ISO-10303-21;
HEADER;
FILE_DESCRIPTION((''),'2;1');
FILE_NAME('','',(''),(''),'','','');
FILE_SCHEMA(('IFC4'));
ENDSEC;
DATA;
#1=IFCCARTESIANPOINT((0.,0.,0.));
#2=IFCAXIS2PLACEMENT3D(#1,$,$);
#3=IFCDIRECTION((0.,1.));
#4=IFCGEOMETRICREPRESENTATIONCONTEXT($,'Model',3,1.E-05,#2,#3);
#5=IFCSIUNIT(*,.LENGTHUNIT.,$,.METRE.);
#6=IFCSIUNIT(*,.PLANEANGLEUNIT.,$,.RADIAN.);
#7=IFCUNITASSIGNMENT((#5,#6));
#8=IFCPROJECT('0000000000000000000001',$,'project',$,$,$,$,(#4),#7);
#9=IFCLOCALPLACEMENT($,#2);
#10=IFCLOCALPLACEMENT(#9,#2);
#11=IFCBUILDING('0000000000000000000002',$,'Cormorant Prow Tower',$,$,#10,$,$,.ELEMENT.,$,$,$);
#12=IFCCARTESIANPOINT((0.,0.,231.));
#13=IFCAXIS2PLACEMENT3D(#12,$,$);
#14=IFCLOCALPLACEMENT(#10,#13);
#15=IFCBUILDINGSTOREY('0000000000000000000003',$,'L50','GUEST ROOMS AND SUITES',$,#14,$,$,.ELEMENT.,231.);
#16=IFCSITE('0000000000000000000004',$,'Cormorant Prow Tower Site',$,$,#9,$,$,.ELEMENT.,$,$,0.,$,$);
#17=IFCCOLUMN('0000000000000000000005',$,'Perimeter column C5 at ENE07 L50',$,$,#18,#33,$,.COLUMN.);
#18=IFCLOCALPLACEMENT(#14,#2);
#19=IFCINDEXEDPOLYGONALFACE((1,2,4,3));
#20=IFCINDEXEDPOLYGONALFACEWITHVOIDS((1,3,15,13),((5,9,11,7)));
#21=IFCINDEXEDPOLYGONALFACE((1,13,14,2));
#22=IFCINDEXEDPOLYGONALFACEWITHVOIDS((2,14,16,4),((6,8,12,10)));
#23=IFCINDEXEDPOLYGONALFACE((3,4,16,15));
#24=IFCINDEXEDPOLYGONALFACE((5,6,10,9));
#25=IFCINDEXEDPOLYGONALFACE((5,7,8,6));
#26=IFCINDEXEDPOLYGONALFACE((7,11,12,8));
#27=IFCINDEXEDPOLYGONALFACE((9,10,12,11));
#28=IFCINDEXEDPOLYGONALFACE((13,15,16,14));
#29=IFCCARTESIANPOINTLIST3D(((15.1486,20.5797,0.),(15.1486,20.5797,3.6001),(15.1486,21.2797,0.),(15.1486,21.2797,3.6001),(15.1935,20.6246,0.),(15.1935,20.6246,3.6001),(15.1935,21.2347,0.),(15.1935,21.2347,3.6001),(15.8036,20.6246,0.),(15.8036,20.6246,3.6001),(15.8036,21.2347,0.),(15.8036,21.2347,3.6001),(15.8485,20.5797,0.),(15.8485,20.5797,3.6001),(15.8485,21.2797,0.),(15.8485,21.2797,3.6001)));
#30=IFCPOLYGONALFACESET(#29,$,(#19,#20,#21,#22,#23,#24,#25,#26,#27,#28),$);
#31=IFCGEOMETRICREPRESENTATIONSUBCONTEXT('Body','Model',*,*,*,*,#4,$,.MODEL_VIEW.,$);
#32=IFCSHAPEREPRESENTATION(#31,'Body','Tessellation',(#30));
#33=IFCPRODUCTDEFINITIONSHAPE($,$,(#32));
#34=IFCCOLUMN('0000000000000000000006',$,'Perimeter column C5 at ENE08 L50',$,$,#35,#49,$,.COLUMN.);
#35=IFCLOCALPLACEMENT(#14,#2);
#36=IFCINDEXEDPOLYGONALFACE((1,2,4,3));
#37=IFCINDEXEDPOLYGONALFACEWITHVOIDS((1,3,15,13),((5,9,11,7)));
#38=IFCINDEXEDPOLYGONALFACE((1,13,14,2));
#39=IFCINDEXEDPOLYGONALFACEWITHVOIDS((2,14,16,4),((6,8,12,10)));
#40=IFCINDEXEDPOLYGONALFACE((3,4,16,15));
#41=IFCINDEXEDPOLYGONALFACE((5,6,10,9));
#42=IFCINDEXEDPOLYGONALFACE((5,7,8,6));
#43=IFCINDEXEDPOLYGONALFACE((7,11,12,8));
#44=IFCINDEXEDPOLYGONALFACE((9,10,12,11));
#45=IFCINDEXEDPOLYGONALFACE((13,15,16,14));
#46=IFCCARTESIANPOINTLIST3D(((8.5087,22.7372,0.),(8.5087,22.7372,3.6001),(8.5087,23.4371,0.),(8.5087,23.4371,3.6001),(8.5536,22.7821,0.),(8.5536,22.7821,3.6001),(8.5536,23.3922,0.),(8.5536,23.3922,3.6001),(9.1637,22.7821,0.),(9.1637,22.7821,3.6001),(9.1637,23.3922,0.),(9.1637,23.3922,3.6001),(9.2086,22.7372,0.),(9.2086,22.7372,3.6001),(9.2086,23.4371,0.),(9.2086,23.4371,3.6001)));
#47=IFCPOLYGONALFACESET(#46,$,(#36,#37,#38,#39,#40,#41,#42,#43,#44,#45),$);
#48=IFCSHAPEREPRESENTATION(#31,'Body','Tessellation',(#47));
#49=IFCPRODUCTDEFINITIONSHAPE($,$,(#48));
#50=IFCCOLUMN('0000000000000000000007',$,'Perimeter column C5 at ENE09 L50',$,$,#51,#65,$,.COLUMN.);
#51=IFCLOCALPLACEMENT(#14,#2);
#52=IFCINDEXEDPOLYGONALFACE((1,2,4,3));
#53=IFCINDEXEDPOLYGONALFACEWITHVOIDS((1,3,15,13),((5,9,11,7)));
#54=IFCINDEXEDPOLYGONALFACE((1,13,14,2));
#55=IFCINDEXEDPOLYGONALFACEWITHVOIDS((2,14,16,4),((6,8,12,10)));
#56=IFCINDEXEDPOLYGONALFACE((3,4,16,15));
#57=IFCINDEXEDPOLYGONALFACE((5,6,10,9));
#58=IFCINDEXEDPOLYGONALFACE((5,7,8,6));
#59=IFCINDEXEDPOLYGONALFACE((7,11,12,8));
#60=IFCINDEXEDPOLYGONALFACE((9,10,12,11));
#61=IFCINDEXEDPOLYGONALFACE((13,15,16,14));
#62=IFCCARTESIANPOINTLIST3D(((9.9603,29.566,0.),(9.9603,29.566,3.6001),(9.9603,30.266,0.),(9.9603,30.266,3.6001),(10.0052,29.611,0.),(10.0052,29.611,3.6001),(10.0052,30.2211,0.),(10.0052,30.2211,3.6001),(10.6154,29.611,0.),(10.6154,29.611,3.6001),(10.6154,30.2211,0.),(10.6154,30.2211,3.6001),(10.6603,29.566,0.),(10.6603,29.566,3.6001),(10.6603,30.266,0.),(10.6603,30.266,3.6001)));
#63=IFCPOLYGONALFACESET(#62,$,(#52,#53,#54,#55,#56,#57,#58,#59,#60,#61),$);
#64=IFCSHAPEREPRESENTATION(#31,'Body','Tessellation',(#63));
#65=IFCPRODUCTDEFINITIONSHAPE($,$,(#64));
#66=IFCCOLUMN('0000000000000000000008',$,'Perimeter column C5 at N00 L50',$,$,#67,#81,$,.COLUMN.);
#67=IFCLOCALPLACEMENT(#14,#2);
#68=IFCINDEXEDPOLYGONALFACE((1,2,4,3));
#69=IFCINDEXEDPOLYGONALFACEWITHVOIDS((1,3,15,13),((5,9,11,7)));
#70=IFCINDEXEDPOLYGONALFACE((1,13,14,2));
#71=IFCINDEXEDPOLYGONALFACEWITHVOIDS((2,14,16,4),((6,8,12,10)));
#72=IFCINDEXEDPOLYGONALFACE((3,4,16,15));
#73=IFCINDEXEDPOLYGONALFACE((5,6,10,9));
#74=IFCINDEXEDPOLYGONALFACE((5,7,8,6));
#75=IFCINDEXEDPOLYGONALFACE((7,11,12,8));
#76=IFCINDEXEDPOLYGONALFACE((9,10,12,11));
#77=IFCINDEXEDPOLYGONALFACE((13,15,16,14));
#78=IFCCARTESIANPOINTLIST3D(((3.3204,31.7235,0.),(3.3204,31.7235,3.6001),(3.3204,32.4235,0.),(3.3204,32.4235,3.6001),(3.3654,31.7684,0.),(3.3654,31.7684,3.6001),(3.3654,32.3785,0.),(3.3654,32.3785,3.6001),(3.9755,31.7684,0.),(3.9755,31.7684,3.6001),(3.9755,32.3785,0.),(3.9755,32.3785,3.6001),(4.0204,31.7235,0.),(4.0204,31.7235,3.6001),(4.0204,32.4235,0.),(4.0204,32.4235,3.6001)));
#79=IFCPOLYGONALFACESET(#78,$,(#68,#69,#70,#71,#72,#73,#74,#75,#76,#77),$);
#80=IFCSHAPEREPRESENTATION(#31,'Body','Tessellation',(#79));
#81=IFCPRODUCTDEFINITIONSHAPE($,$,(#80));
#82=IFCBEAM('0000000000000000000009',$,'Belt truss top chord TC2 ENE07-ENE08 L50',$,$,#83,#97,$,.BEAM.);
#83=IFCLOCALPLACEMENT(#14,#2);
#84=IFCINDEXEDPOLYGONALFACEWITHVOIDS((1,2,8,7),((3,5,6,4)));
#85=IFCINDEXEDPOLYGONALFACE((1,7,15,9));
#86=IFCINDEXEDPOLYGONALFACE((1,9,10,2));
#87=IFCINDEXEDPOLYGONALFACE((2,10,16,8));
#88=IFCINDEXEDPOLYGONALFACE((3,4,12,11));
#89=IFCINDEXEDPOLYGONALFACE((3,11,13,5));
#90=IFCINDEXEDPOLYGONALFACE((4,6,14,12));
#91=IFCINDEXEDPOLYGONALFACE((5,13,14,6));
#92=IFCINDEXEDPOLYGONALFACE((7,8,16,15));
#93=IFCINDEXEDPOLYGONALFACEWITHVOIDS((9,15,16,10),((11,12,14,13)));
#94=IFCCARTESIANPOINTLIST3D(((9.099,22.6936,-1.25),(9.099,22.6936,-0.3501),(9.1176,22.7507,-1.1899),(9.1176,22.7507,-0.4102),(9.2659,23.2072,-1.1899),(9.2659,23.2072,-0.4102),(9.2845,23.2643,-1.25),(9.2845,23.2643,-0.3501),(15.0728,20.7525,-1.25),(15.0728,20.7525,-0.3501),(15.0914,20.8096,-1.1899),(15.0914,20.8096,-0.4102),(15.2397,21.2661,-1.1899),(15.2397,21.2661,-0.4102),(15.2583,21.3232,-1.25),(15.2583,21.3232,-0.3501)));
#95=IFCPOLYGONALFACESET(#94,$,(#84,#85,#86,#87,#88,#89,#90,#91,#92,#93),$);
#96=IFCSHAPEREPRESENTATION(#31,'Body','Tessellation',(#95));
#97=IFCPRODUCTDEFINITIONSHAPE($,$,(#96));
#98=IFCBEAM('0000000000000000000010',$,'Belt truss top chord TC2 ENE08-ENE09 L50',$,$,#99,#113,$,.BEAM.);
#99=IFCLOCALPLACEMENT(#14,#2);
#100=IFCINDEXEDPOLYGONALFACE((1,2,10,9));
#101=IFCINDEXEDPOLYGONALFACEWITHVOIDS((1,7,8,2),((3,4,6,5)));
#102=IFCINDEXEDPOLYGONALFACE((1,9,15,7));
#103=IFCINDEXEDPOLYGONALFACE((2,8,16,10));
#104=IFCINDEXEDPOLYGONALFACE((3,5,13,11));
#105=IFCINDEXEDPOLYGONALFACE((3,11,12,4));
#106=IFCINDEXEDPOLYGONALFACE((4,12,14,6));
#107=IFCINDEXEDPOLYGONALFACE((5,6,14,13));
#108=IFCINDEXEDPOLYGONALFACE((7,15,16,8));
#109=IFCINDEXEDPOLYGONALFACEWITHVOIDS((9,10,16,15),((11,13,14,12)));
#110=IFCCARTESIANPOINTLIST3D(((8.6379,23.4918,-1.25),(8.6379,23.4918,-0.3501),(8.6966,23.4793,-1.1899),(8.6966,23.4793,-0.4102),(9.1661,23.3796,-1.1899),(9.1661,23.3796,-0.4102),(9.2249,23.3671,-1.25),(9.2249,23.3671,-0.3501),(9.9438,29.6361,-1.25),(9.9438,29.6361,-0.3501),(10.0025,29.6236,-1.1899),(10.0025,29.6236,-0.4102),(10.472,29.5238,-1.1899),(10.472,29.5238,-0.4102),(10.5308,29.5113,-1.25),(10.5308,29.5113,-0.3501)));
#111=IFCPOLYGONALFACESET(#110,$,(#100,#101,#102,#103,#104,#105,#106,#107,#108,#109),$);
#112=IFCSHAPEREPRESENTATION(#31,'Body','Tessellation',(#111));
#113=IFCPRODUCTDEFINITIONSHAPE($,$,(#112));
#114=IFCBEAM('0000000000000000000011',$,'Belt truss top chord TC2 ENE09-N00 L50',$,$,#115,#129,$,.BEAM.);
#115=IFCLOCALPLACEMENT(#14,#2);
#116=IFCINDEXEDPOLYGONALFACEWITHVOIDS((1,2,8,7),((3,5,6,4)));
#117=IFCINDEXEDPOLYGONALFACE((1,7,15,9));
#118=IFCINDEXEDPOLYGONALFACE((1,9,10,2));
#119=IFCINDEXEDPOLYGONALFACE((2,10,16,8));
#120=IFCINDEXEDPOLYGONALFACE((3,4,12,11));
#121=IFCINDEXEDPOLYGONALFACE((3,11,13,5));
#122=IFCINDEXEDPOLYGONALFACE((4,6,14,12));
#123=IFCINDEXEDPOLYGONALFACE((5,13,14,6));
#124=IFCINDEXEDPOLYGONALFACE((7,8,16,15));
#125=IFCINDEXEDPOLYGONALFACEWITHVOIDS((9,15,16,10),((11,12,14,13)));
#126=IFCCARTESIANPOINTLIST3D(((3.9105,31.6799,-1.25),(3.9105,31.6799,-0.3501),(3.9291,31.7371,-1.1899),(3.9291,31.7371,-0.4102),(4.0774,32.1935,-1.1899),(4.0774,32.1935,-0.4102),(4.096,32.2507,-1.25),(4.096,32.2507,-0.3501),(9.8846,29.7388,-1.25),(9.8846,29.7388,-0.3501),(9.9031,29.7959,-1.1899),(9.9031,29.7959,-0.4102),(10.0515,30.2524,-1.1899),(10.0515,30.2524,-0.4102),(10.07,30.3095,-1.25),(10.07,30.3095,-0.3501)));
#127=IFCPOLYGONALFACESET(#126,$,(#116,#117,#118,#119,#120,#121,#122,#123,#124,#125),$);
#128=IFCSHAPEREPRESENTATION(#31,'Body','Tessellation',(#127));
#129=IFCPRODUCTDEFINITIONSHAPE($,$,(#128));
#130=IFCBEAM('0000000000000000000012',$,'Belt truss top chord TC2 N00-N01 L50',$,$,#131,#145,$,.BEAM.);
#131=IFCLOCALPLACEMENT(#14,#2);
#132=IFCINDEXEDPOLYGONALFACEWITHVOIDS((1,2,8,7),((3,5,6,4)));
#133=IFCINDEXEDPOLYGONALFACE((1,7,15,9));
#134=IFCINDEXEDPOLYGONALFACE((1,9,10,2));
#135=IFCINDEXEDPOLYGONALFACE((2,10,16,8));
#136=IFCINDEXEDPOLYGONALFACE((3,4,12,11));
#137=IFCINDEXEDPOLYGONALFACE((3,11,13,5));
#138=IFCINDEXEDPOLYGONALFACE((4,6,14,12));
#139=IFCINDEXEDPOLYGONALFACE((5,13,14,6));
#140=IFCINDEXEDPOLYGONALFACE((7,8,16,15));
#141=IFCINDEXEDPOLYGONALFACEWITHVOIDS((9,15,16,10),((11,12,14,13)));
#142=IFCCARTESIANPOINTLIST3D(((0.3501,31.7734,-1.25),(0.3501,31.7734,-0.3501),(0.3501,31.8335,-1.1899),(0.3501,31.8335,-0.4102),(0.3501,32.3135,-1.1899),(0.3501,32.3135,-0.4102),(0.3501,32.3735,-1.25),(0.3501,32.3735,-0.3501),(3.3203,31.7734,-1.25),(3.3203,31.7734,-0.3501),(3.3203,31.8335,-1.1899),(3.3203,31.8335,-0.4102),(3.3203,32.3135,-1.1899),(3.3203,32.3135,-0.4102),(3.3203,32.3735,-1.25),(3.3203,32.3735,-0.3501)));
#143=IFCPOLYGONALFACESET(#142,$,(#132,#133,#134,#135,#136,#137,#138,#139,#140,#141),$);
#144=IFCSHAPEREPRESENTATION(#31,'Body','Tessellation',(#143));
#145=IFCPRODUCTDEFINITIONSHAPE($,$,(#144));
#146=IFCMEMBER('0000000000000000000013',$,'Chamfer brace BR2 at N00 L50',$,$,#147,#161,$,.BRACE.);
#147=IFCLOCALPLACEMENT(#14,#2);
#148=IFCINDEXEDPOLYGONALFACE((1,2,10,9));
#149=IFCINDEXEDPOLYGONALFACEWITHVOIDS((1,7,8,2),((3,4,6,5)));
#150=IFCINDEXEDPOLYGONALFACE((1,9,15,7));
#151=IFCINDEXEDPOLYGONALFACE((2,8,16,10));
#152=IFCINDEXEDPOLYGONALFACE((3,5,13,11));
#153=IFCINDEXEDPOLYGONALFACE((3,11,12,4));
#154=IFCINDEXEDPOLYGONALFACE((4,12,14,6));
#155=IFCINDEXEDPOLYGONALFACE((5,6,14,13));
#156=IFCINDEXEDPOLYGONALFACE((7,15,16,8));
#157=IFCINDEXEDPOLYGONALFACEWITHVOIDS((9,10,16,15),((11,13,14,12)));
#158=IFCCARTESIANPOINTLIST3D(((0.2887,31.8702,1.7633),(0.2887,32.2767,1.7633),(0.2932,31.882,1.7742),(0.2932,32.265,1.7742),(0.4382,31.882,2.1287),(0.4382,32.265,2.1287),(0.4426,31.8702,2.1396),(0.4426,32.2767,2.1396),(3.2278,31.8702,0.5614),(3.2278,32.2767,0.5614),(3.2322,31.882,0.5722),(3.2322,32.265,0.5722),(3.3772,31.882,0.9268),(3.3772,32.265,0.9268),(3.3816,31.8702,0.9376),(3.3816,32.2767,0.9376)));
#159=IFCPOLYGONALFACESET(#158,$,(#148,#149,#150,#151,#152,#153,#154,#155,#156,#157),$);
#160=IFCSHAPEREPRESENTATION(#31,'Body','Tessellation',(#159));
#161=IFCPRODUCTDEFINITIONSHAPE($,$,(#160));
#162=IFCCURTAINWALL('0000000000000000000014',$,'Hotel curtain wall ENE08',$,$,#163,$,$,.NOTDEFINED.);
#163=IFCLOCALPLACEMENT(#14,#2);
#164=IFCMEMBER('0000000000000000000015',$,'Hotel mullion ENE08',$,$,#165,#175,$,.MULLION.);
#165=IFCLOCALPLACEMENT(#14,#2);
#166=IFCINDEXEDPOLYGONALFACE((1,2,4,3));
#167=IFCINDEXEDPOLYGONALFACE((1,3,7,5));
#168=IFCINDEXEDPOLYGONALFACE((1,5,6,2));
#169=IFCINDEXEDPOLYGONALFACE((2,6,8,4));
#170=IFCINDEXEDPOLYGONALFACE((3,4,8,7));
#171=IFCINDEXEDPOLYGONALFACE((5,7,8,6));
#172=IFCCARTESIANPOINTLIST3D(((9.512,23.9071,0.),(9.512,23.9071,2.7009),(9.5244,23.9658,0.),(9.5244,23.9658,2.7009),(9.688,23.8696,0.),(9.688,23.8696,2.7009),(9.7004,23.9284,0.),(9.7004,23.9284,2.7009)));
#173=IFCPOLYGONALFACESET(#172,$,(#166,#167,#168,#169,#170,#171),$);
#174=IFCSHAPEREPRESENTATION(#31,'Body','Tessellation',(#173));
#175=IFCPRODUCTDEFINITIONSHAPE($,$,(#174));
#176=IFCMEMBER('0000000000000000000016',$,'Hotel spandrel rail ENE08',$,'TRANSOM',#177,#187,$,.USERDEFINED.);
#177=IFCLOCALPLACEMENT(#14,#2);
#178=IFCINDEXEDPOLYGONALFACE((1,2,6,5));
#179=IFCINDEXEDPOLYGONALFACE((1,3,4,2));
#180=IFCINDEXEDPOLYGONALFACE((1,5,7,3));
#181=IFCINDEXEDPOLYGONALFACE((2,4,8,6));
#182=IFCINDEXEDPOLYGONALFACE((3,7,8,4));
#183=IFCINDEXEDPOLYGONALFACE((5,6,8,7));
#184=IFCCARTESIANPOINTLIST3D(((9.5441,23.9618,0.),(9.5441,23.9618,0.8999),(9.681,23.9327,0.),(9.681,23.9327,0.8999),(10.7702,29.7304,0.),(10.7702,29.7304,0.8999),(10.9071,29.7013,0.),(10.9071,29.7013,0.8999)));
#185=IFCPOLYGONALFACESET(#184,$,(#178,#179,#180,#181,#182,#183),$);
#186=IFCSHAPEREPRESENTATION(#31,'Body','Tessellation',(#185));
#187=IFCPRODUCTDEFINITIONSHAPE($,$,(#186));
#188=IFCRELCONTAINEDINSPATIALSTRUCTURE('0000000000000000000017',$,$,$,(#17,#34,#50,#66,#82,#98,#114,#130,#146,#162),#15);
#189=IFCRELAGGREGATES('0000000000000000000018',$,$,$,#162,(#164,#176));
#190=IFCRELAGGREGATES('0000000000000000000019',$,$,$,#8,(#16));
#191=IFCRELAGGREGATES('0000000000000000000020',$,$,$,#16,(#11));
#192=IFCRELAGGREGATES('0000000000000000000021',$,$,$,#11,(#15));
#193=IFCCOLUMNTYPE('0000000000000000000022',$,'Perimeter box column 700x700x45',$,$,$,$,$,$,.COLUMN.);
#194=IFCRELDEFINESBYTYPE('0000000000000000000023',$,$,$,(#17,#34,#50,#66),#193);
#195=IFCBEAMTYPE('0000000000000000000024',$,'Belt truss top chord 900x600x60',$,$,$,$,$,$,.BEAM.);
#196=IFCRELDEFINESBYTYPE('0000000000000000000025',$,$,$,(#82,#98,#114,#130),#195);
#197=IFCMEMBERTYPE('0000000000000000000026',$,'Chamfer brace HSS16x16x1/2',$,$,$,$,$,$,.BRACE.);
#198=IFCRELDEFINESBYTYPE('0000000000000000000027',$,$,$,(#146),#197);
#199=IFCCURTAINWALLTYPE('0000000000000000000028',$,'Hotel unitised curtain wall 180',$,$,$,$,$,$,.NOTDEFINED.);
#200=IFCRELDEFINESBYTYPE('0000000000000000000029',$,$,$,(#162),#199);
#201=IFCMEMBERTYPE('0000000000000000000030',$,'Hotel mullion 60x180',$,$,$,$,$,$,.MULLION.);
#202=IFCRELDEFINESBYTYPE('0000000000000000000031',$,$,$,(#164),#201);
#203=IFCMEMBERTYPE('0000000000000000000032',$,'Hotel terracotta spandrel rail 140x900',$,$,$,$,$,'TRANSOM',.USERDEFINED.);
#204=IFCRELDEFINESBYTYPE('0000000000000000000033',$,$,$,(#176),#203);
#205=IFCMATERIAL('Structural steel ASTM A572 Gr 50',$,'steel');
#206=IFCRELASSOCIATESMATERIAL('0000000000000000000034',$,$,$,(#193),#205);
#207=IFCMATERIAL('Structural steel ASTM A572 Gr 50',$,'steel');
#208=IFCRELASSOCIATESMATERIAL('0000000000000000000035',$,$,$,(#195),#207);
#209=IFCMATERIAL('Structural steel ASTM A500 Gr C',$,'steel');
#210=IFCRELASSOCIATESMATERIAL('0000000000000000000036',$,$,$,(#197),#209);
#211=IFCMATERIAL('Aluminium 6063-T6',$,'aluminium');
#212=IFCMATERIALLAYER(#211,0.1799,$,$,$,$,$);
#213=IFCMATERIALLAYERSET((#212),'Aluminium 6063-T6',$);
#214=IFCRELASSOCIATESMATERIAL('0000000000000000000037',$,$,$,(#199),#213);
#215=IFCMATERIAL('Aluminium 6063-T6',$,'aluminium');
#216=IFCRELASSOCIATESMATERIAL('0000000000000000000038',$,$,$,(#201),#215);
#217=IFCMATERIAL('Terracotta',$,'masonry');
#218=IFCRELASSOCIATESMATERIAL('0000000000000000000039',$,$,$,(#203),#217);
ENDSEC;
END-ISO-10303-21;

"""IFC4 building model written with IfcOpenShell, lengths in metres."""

from ifc_helpers import new_model, si_unit, direction, frame, origin, origin_2d, place, context, subcontext, project, spatial, rectangle, hollow_rectangle, extrude, material, layer, layer_set, material_profile, profile_set, type_object, element, aggregate, save


model = new_model("IFC4")

# Units and contexts
model_context = context("Model", 3, precision=1e-05, world=origin(), true_north=direction((0.0, 1.0)))
body_context = subcontext(model_context, "Body", "Model", "MODEL_VIEW")
ifc_project = project(units=[si_unit("LENGTHUNIT", "METRE"), si_unit("PLANEANGLEUNIT", "RADIAN")], contexts=[model_context])

# Site, building, storey
site_placement = place(None, origin())
site = spatial("IfcSite", under=ifc_project, at=site_placement, Name="Cormorant Prow Tower Site", CompositionType="ELEMENT", RefElevation=0.0)
building_placement = place(site_placement, origin())
building = spatial("IfcBuilding", under=site, at=building_placement, Name="Cormorant Prow Tower", CompositionType="ELEMENT")
storey_placement = place(building_placement, frame((0.0, 0.0, 231.0)))
storey = spatial("IfcBuildingStorey", under=building, at=storey_placement, Name="L50", Description="GUEST ROOMS AND SUITES", CompositionType="ELEMENT", Elevation=231.0)

# Columns
ifc_material_1 = material(Name="Structural steel ASTM A572 Gr 50", Category="steel")
ifc_material_profile_1 = material_profile(ifc_material_1, hollow_rectangle(XDim=0.7, YDim=0.7, WallThickness=0.0449, at=origin_2d()), Name="Box 700x700x45")
ifc_profile_set_1 = profile_set([ifc_material_profile_1], Name="Structural steel ASTM A572 Gr 50")
column_type = type_object("IfcColumnType", Name="Perimeter box column 700x700x45", PredefinedType="COLUMN", material=ifc_profile_set_1)
for number, where, z_axis, x_axis, name in (
    (1, (15.4985, 20.9297, 0.0), (0.0, 0.0, 1.0), (1.0, 0.0, 0.0), "Perimeter column C5 at ENE07 L50"),
    (2, (8.8586, 23.0872, 0.0), (0.0, 0.0, 1.0), (1.0, 0.0, 0.0), "Perimeter column C5 at ENE08 L50"),
    (3, (10.3103, 29.916, 0.0), (0.0, 0.0, 1.0), (1.0, 0.0, 0.0), "Perimeter column C5 at ENE09 L50"),
    (4, (3.6704, 32.0735, 0.0), (0.0, 0.0, 1.0), (1.0, 0.0, 0.0), "Perimeter column C5 at N00 L50"),
):
    element("IfcColumn", number, at=place(storey_placement, frame(where, z_axis=z_axis, x_axis=x_axis)), inside=storey, type_object=column_type, Name=name, PredefinedType="COLUMN", context=body_context, shape_type="SweptSolid", body=[
        extrude(hollow_rectangle(XDim=0.7, YDim=0.7, WallThickness=0.0449, at=origin_2d()), origin(), (0.0, 0.0, 1.0), 3.6001),
    ])

# Beams
ifc_material_2 = material(Name="Structural steel ASTM A572 Gr 50", Category="steel")
ifc_material_profile_2 = material_profile(ifc_material_2, hollow_rectangle(XDim=0.6001, YDim=0.8999, WallThickness=0.0601, at=origin_2d()), Name="Box 900x600x60")
ifc_profile_set_2 = profile_set([ifc_material_profile_2], Name="Structural steel ASTM A572 Gr 50")
beam_type = type_object("IfcBeamType", Name="Belt truss top chord 900x600x60", PredefinedType="BEAM", material=ifc_profile_set_2)
beam_1_placement = place(storey_placement, frame((15.1655, 21.0378, -0.8), z_axis=(-0.95105, 0.309036, 0.0), x_axis=(-0.309036, -0.95105, 0.0)))
element("IfcBeam", 5, at=beam_1_placement, inside=storey, type_object=beam_type, Name="Belt truss top chord TC2 ENE07-ENE08 L50", PredefinedType="BEAM", context=body_context, shape_type="SweptSolid", body=[
    extrude(hollow_rectangle(XDim=0.6001, YDim=0.8999, WallThickness=0.0601, at=origin_2d()), origin(), (0.0, 0.0, 1.0), 6.2812),
])
for number, where, z_axis, x_axis, name in (
    (6, (8.9314, 23.4294, -0.8), (0.207896, 0.978151, 0.0), (-0.978151, 0.207896, 0.0), "Belt truss top chord TC2 ENE08-ENE09 L50"),
    (7, (9.9773, 30.0242, -0.8), (-0.951054, 0.309025, 0.0), (-0.309025, -0.951054, 0.0), "Belt truss top chord TC2 ENE09-N00 L50"),
):
    element("IfcBeam", number, at=place(storey_placement, frame(where, z_axis=z_axis, x_axis=x_axis)), inside=storey, type_object=beam_type, Name=name, PredefinedType="BEAM", context=body_context, shape_type="SweptSolid", body=[
        extrude(hollow_rectangle(XDim=0.6001, YDim=0.8999, WallThickness=0.0601, at=origin_2d()), origin(), (0.0, 0.0, 1.0), 6.2815),
    ])
beam_2_placement = place(storey_placement, frame((3.3203, 32.0735, -0.8), z_axis=(-1.0, 0.0, 0.0), x_axis=(0.0, -1.0, 0.0)))
element("IfcBeam", 8, at=beam_2_placement, inside=storey, type_object=beam_type, Name="Belt truss top chord TC2 N00-N01 L50", PredefinedType="BEAM", context=body_context, shape_type="SweptSolid", body=[
    extrude(hollow_rectangle(XDim=0.6001, YDim=0.8999, WallThickness=0.0601, at=origin_2d()), origin(), (0.0, 0.0, 1.0), 2.9702),
])

# Member
ifc_material_3 = material(Name="Structural steel ASTM A500 Gr C", Category="steel")
ifc_material_profile_3 = material_profile(ifc_material_3, hollow_rectangle(XDim=0.4065, YDim=0.4065, WallThickness=0.0117, at=origin_2d()), Name="HSS16x16x1/2")
ifc_profile_set_3 = profile_set([ifc_material_profile_3], Name="Structural steel ASTM A500 Gr C")
member_type_1 = type_object("IfcMemberType", Name="Chamfer brace HSS16x16x1/2", PredefinedType="BRACE", material=ifc_profile_set_3)
member_1_placement = place(storey_placement, frame((3.3047, 32.0735, 0.7495), z_axis=(-0.925591, 0.0, 0.378525), x_axis=(0.0, -1.0, 0.0)))
element("IfcMember", 9, at=member_1_placement, inside=storey, type_object=member_type_1, Name="Chamfer brace BR2 at N00 L50", PredefinedType="BRACE", context=body_context, shape_type="SweptSolid", body=[
    extrude(hollow_rectangle(XDim=0.4065, YDim=0.4065, WallThickness=0.0117, at=origin_2d()), origin(), (0.0, 0.0, 1.0), 3.1753),
])

# Curtain wall, members
ifc_material_4 = material(Name="Aluminium 6063-T6", Category="aluminium")
ifc_layer_1 = layer(ifc_material_4, 0.1799)
ifc_layer_set_1 = layer_set([ifc_layer_1], Name="Aluminium 6063-T6")
curtain_wall_type = type_object("IfcCurtainWallType", Name="Hotel unitised curtain wall 180", PredefinedType="NOTDEFINED", material=ifc_layer_set_1)
curtain_wall_1_placement = place(storey_placement, origin())
curtain_wall_1 = element("IfcCurtainWall", 10, at=curtain_wall_1_placement, inside=storey, type_object=curtain_wall_type, Name="Hotel curtain wall ENE08", PredefinedType="NOTDEFINED")
ifc_material_5 = material(Name="Aluminium 6063-T6", Category="aluminium")
ifc_material_profile_4 = material_profile(ifc_material_5, rectangle(XDim=0.1799, YDim=0.0601, at=origin_2d()), Name="Hotel mullion 60x180")
ifc_profile_set_4 = profile_set([ifc_material_profile_4], Name="Aluminium 6063-T6")
member_type_2 = type_object("IfcMemberType", Name="Hotel mullion 60x180", PredefinedType="MULLION", material=ifc_profile_set_4)
member_2_placement = place(storey_placement, frame((9.6062, 23.9177, 0.0), z_axis=(0.0, 0.0, 1.0), x_axis=(-0.978148, 0.207912, 0.0)))
member_2 = element("IfcMember", 11, at=member_2_placement, type_object=member_type_2, Name="Hotel mullion ENE08", PredefinedType="MULLION", context=body_context, shape_type="SweptSolid", body=[
    extrude(rectangle(XDim=0.1799, YDim=0.0601, at=origin_2d()), origin(), (0.0, 0.0, 1.0), 2.7009),
])
ifc_material_6 = material(Name="Terracotta", Category="masonry")
ifc_material_profile_5 = material_profile(ifc_material_6, rectangle(XDim=0.1399, YDim=0.8999, at=origin_2d()), Name="Hotel terracotta spandrel rail 140x900")
ifc_profile_set_5 = profile_set([ifc_material_profile_5], Name="Terracotta")
member_type_3 = type_object("IfcMemberType", Name="Hotel terracotta spandrel rail 140x900", ElementType="TRANSOM", PredefinedType="USERDEFINED", material=ifc_profile_set_5)
member_3_placement = place(storey_placement, frame((9.6125, 23.9473, 0.45), z_axis=(0.2079, 0.97815, 0.0), x_axis=(-0.97815, 0.2079, 0.0)))
member_3 = element("IfcMember", 12, at=member_3_placement, type_object=member_type_3, Name="Hotel spandrel rail ENE08", ObjectType="TRANSOM", PredefinedType="USERDEFINED", context=body_context, shape_type="SweptSolid", body=[
    extrude(rectangle(XDim=0.1399, YDim=0.8999, at=origin_2d()), origin(), (0.0, 0.0, 1.0), 5.8975),
])

aggregate(curtain_wall_1, [member_2, member_3])

save(model, "model.ifc")
